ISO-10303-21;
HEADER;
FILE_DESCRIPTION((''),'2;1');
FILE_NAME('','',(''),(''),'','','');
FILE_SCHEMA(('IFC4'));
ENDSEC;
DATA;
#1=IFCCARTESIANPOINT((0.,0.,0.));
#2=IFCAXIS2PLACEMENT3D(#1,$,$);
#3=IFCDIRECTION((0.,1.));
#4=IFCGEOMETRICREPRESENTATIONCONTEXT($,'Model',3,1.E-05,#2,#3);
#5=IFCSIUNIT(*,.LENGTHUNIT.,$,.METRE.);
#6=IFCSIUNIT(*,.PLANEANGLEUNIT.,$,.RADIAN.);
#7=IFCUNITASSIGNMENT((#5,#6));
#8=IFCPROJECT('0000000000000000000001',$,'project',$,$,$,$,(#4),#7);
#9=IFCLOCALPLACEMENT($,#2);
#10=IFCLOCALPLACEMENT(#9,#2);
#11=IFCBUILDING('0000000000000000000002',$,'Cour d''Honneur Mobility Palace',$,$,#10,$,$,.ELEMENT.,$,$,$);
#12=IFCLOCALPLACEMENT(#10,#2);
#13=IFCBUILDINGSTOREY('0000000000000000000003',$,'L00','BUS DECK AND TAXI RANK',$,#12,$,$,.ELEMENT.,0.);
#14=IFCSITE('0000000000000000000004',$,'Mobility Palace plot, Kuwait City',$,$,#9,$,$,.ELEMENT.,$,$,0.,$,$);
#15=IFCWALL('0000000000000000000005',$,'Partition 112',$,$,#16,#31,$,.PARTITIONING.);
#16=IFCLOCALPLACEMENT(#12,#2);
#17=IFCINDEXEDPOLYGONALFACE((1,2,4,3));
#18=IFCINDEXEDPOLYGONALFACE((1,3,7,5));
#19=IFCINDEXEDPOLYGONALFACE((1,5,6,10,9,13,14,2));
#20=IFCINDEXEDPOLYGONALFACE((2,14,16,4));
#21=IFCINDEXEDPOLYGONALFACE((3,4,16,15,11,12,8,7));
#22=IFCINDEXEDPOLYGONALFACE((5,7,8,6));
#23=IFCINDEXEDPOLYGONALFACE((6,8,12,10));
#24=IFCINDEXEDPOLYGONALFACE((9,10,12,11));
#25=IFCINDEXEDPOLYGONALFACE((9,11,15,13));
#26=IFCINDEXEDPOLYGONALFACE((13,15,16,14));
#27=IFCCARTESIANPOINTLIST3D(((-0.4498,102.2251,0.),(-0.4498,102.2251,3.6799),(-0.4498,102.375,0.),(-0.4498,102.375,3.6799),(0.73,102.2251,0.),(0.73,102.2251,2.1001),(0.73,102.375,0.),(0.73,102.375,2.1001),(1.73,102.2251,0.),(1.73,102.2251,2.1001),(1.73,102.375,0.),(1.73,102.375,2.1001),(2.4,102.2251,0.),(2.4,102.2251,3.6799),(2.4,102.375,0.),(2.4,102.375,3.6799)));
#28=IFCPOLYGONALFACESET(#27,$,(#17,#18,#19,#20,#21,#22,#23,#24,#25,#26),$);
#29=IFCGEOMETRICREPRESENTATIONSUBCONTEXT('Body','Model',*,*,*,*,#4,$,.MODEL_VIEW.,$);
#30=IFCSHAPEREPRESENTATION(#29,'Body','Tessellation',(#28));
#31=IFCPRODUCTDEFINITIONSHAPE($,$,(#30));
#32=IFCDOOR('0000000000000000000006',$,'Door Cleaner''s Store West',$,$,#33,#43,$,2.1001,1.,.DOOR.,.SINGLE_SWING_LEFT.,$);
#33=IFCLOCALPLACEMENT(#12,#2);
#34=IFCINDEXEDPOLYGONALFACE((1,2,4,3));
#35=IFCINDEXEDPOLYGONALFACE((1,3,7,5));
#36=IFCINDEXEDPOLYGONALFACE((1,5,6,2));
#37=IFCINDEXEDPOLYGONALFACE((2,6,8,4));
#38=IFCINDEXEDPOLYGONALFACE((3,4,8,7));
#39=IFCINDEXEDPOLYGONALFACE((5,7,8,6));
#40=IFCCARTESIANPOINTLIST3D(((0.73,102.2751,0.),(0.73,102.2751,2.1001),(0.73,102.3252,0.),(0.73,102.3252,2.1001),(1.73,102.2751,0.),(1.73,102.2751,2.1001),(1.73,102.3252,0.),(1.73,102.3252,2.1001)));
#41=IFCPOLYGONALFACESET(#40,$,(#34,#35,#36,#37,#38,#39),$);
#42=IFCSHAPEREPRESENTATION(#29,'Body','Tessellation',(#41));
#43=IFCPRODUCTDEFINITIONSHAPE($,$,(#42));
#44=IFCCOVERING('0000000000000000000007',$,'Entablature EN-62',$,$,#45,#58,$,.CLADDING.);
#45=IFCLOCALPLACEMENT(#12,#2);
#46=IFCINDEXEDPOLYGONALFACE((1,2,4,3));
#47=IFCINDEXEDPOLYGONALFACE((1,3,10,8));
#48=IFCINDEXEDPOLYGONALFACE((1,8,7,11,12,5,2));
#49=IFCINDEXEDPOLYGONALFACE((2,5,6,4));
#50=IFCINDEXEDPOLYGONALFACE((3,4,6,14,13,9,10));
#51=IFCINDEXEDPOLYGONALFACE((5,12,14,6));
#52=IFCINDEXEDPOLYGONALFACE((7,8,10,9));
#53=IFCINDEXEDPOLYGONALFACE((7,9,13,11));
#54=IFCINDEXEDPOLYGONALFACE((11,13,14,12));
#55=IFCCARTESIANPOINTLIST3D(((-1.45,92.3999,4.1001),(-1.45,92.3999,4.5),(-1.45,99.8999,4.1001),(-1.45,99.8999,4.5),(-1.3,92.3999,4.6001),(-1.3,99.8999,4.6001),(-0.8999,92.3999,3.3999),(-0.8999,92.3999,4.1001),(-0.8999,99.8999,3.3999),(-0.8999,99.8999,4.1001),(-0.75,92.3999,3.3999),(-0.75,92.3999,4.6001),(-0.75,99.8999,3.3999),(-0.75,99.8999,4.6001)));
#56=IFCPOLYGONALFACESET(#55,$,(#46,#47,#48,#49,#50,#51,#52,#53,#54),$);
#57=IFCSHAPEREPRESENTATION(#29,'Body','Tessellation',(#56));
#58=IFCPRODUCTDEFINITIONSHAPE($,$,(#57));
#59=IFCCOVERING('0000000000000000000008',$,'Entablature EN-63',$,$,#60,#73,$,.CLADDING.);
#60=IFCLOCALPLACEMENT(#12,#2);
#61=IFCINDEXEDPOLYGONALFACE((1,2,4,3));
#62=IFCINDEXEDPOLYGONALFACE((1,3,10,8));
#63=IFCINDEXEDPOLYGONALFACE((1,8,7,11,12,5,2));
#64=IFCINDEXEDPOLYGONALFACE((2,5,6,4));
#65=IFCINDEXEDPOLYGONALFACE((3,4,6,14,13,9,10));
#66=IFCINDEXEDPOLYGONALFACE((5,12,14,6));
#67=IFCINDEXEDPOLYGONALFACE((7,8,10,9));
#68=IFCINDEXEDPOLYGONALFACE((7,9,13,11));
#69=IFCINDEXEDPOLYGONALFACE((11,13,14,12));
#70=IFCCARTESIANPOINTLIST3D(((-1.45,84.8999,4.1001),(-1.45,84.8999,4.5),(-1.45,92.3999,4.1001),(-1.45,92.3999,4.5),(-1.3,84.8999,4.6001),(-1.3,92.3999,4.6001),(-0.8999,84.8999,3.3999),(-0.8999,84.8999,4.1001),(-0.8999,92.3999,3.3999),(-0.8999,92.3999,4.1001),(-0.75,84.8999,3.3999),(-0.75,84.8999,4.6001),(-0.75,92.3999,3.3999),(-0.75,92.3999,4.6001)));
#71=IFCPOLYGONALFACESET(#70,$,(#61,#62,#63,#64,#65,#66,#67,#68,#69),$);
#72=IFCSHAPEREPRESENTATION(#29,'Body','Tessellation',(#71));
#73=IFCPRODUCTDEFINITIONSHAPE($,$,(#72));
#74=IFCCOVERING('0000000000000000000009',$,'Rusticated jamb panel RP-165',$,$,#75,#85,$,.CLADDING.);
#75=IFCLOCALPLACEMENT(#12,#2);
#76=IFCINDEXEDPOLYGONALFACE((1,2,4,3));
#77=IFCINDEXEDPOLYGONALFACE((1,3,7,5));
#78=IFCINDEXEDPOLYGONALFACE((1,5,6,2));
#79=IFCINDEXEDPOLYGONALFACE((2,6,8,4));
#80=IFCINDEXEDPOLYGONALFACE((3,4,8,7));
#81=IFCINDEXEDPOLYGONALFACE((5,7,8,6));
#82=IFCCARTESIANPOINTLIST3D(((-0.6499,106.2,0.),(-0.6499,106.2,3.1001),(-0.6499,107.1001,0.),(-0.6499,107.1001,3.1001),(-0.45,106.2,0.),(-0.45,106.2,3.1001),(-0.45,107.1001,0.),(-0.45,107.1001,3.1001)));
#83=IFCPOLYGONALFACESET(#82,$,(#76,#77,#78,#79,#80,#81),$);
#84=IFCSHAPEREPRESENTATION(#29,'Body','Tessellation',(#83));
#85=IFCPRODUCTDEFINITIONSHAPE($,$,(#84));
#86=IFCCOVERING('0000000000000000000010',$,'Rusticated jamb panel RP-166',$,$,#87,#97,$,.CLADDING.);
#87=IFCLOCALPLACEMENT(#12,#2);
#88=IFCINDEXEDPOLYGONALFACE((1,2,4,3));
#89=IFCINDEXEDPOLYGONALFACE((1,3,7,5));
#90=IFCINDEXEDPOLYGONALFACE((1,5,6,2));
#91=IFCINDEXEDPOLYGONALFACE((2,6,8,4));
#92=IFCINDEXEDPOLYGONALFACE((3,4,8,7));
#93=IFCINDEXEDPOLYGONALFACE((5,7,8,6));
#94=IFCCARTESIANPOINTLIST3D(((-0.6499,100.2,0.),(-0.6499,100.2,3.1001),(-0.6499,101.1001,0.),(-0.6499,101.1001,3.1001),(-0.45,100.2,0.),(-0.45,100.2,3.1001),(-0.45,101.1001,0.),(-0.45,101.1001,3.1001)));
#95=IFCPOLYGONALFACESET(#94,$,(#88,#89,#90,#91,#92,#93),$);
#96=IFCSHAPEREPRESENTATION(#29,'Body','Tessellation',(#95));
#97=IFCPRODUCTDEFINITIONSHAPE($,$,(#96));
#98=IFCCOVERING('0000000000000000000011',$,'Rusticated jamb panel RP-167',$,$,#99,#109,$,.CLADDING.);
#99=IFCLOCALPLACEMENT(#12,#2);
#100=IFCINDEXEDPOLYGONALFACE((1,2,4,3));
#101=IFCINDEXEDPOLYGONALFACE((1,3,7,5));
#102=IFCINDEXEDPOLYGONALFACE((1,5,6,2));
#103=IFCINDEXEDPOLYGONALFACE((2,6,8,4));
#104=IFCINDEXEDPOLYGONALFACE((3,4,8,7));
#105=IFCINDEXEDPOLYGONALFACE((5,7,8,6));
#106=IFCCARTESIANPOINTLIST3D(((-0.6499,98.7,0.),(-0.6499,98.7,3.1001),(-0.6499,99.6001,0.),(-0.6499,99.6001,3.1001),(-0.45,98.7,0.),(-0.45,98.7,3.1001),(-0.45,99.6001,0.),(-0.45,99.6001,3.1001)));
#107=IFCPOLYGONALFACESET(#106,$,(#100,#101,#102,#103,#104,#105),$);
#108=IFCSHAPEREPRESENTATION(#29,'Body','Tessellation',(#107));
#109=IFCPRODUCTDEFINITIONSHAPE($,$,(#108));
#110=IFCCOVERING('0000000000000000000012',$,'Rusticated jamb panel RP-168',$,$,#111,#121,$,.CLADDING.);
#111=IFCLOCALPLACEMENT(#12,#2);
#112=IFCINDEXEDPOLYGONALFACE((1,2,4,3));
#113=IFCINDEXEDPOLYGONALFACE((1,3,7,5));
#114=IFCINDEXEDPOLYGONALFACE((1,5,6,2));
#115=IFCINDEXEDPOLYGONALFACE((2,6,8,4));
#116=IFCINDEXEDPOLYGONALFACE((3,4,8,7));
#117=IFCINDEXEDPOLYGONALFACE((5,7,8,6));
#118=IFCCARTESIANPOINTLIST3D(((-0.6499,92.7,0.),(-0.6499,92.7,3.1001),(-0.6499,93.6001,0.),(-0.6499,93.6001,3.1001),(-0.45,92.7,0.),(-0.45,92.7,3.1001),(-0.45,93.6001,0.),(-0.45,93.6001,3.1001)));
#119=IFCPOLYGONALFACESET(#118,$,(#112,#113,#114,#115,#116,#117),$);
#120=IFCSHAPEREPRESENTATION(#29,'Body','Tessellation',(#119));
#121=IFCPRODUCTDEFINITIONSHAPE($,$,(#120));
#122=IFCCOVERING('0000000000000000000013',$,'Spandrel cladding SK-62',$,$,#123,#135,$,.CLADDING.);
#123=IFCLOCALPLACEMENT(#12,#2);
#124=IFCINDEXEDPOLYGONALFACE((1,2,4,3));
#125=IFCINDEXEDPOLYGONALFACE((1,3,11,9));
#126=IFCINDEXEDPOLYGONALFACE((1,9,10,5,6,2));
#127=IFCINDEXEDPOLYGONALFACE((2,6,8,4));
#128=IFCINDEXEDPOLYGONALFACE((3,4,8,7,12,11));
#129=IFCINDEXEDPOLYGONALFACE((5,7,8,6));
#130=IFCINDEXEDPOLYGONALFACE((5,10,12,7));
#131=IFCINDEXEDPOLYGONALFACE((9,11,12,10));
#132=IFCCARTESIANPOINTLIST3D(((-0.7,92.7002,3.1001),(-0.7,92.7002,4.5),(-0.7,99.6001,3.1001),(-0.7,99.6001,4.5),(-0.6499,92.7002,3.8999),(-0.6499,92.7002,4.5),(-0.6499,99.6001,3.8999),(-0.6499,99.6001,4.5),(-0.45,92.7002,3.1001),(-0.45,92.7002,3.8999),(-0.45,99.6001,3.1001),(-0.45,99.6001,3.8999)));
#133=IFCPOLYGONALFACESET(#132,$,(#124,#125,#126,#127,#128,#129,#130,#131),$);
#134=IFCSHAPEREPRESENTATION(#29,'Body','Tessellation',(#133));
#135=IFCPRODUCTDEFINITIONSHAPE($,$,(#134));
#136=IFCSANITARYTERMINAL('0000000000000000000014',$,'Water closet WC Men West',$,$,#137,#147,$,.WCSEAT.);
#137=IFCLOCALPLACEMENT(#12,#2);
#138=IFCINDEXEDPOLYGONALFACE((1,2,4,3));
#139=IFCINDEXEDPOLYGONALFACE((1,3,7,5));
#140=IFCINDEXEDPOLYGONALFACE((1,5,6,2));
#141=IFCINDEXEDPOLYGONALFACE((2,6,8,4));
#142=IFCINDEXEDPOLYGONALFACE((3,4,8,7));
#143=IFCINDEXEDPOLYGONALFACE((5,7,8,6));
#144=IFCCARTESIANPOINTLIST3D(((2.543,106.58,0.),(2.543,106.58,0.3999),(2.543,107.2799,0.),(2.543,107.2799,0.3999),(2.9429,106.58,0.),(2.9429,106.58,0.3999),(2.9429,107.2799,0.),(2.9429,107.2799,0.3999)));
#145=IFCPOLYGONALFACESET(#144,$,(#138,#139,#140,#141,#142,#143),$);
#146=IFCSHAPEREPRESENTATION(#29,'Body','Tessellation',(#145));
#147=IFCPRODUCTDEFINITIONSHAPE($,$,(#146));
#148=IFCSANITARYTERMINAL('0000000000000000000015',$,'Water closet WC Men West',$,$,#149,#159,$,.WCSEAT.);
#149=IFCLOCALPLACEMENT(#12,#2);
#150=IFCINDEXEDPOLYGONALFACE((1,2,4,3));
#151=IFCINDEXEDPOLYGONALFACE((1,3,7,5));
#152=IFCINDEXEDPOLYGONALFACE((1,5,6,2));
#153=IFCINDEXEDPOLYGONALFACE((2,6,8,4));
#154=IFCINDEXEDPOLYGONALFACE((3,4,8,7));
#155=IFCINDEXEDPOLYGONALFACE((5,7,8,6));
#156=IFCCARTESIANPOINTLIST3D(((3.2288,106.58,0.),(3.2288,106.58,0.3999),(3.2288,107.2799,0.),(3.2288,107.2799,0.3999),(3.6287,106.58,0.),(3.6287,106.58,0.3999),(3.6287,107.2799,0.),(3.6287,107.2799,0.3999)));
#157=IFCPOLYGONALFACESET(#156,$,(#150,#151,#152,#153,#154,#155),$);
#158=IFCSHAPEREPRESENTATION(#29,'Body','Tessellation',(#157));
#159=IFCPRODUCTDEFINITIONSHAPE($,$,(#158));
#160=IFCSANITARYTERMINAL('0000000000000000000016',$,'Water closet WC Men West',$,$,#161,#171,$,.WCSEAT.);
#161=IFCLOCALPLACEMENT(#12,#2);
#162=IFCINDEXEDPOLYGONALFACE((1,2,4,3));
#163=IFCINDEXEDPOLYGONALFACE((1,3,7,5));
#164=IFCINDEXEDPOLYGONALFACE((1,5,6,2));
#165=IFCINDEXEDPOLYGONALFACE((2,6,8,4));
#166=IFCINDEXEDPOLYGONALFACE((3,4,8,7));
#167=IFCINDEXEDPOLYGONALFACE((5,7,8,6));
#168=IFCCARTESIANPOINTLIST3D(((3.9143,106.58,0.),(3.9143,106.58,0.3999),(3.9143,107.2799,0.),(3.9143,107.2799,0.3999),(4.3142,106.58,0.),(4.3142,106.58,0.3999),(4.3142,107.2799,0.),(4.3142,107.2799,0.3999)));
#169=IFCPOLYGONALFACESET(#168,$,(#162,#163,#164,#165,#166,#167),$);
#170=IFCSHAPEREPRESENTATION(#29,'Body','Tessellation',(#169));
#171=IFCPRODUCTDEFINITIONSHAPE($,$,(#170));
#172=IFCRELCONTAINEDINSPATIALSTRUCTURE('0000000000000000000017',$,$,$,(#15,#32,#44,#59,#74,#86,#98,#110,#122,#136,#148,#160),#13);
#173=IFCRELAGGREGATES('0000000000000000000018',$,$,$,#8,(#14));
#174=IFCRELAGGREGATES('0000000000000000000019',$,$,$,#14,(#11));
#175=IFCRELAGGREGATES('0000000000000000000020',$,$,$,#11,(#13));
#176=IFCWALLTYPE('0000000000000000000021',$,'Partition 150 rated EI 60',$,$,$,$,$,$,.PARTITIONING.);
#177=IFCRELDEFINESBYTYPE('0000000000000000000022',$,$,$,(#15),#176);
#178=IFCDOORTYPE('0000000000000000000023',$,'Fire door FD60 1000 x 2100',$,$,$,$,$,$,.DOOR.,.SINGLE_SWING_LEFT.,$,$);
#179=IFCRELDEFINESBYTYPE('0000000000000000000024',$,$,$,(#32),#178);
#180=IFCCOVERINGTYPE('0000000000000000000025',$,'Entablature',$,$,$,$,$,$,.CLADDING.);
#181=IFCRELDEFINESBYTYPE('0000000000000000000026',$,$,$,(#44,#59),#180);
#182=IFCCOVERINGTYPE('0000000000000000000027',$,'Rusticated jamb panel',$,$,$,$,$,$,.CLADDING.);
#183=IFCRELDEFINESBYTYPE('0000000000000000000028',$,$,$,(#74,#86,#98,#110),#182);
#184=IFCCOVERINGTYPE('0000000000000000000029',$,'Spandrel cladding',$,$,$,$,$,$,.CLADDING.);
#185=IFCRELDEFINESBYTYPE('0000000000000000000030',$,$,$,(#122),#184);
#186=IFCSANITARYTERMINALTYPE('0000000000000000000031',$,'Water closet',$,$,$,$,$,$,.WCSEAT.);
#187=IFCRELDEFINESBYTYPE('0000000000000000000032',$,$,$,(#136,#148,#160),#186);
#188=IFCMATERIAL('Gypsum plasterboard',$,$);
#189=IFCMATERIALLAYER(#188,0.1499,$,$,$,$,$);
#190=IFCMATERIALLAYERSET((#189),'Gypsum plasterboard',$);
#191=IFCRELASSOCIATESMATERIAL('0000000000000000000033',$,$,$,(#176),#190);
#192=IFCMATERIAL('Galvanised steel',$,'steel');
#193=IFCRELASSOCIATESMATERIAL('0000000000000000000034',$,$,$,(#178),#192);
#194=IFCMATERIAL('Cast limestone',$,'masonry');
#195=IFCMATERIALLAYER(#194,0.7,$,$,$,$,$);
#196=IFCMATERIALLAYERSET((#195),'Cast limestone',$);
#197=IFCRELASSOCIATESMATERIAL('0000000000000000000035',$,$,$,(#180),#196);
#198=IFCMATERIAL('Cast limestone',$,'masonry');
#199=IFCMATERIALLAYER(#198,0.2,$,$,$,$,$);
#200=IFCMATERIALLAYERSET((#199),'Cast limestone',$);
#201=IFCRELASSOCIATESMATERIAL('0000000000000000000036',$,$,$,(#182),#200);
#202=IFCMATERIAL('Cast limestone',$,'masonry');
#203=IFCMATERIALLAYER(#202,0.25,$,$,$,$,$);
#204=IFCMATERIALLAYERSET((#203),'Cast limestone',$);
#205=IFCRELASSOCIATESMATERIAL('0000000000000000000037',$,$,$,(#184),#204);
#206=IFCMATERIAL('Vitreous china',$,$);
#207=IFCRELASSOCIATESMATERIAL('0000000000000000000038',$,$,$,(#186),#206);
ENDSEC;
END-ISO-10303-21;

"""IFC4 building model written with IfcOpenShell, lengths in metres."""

from ifc_helpers import new_model, si_unit, direction, frame, frame_2d, origin, origin_2d, place, context, subcontext, project, spatial, polyline, rectangle, outline, extrude, material, layer, layer_set, type_object, element, fill, save


model = new_model("IFC4")

# Units and contexts
model_context = context("Model", 3, precision=1e-05, world=origin(), true_north=direction((0.0, 1.0)))
body_context = subcontext(model_context, "Body", "Model", "MODEL_VIEW")
ifc_project = project(units=[si_unit("LENGTHUNIT", "METRE"), si_unit("PLANEANGLEUNIT", "RADIAN")], contexts=[model_context])

# Site, building, storey
site_placement = place(None, origin())
site = spatial("IfcSite", under=ifc_project, at=site_placement, Name="Mobility Palace plot, Kuwait City", CompositionType="ELEMENT", RefElevation=0.0)
building_placement = place(site_placement, origin())
building = spatial("IfcBuilding", under=site, at=building_placement, Name="Cour d'Honneur Mobility Palace", CompositionType="ELEMENT")
storey_placement = place(building_placement, origin())
storey = spatial("IfcBuildingStorey", under=building, at=storey_placement, Name="L00", Description="BUS DECK AND TAXI RANK", CompositionType="ELEMENT", Elevation=0.0)

# Wall, opening, door
ifc_material_1 = material(Name="Gypsum plasterboard")
ifc_layer_1 = layer(ifc_material_1, 0.1499)
ifc_layer_set_1 = layer_set([ifc_layer_1], Name="Gypsum plasterboard")
wall_type_1 = type_object("IfcWallType", Name="Partition 150 rated EI 60", PredefinedType="PARTITIONING", material=ifc_layer_set_1)
wall_1_placement = place(storey_placement, frame((2.3999, 102.3, 0.0), z_axis=(0.0, 0.0, 1.0), x_axis=(-1.0, 0.0, 0.0)))
wall_1 = element("IfcWall", 1, at=wall_1_placement, inside=storey, type_object=wall_type_1, Name="Partition 112", PredefinedType="PARTITIONING", context=body_context, shape_type="SweptSolid", body=[
    extrude(rectangle(XDim=2.8499, YDim=0.1499, at=frame_2d((1.4248, 0.0))), origin(), (0.0, 0.0, 1.0), 3.6799),
])
opening_1_placement = place(wall_1_placement, frame((0.6699, 0.0, 0.0)))
opening_1 = element("IfcOpeningElement", 2, at=opening_1_placement, cuts=wall_1, PredefinedType="OPENING", context=body_context, shape_type="SweptSolid", body=[
    extrude(rectangle(XDim=1.0, YDim=2.1001, at=frame_2d((0.5, 1.05))), frame((0.0, 0.085, 0.0), z_axis=(0.0, -1.0, 0.0), x_axis=(1.0, 0.0, 0.0)), (0.0, 0.0, 1.0), 0.1699),
])
ifc_material_2 = material(Name="Galvanised steel", Category="steel")
door_type_1 = type_object("IfcDoorType", Name="Fire door FD60 1000 x 2100", OperationType="SINGLE_SWING_LEFT", PredefinedType="DOOR", material=ifc_material_2)
door_1_placement = place(opening_1_placement, origin())
door_1 = element("IfcDoor", 3, at=door_1_placement, inside=storey, type_object=door_type_1, Name="Door Cleaner's Store West", OperationType="SINGLE_SWING_LEFT", OverallHeight=2.1001, OverallWidth=1.0, PredefinedType="DOOR", context=body_context, shape_type="SweptSolid", body=[
    extrude(rectangle(XDim=1.0, YDim=2.1001, at=frame_2d((0.5, 1.05))), frame((0.0, 0.0249, 0.0), z_axis=(0.0, -1.0, 0.0), x_axis=(1.0, 0.0, 0.0)), (0.0, 0.0, 1.0), 0.05),
])
fill(opening_1, door_1)

# Coverings
ifc_material_3 = material(Name="Cast limestone", Category="masonry")
ifc_layer_2 = layer(ifc_material_3, 0.7)
ifc_layer_set_2 = layer_set([ifc_layer_2], Name="Cast limestone")
covering_type_1 = type_object("IfcCoveringType", Name="Entablature", PredefinedType="CLADDING", material=ifc_layer_set_2)
for number, where, z_axis, x_axis, name in (
    (4, (-0.75, 99.8999, 3.3999), (0.0, 1.0, 0.0), (-1.0, 0.0, 0.0), "Entablature EN-62"),
    (5, (-0.75, 92.3999, 3.3999), (0.0, 1.0, 0.0), (-1.0, 0.0, 0.0), "Entablature EN-63"),
):
    element("IfcCovering", number, at=place(storey_placement, frame(where, z_axis=z_axis, x_axis=x_axis)), inside=storey, type_object=covering_type_1, Name=name, PredefinedType="CLADDING", context=body_context, shape_type="SweptSolid", body=[
        extrude(outline(polyline([(0.0, 0.0), (0.1499, 0.0), (0.1499, 0.7002), (0.7, 0.7002), (0.7, 1.1001), (0.55, 1.2002), (0.0, 1.2002), (0.0, 0.0)])), origin(), (0.0, 0.0, -1.0), 7.5),
    ])
ifc_material_4 = material(Name="Cast limestone", Category="masonry")
ifc_layer_3 = layer(ifc_material_4, 0.2)
ifc_layer_set_3 = layer_set([ifc_layer_3], Name="Cast limestone")
covering_type_2 = type_object("IfcCoveringType", Name="Rusticated jamb panel", PredefinedType="CLADDING", material=ifc_layer_set_3)
for number, where, z_axis, x_axis, name in (
    (6, (-0.6499, 107.1001, 0.0), (-1.0, 0.0, 0.0), (0.0, -1.0, 0.0), "Rusticated jamb panel RP-165"),
    (7, (-0.6499, 101.1001, 0.0), (-1.0, 0.0, 0.0), (0.0, -1.0, 0.0), "Rusticated jamb panel RP-166"),
    (8, (-0.6499, 99.6001, 0.0), (-1.0, 0.0, 0.0), (0.0, -1.0, 0.0), "Rusticated jamb panel RP-167"),
    (9, (-0.6499, 93.6001, 0.0), (-1.0, 0.0, 0.0), (0.0, -1.0, 0.0), "Rusticated jamb panel RP-168"),
):
    element("IfcCovering", number, at=place(storey_placement, frame(where, z_axis=z_axis, x_axis=x_axis)), inside=storey, type_object=covering_type_2, Name=name, PredefinedType="CLADDING", context=body_context, shape_type="SweptSolid", body=[
        extrude(outline(polyline([(0.0, 0.0), (0.9001, 0.0), (0.9001, 3.1001), (0.0, 3.1001), (0.0, 0.0)])), origin(), (0.0, 0.0, -1.0), 0.2),
    ])
ifc_material_5 = material(Name="Cast limestone", Category="masonry")
ifc_layer_4 = layer(ifc_material_5, 0.25)
ifc_layer_set_4 = layer_set([ifc_layer_4], Name="Cast limestone")
covering_type_3 = type_object("IfcCoveringType", Name="Spandrel cladding", PredefinedType="CLADDING", material=ifc_layer_set_4)
covering_1_placement = place(storey_placement, frame((-0.45, 99.6001, 3.1001), z_axis=(0.0, 1.0, 0.0), x_axis=(-1.0, 0.0, 0.0)))
element("IfcCovering", 10, at=covering_1_placement, inside=storey, type_object=covering_type_3, Name="Spandrel cladding SK-62", PredefinedType="CLADDING", context=body_context, shape_type="SweptSolid", body=[
    extrude(outline(polyline([(0.0, 0.0), (0.25, 0.0), (0.25, 1.3999), (0.2, 1.3999), (0.2, 0.7998), (0.0, 0.7998), (0.0, 0.0)])), origin(), (0.0, 0.0, -1.0), 6.8999),
])

# Sanitary terminals
ifc_material_6 = material(Name="Vitreous china")
sanitary_terminal_type = type_object("IfcSanitaryTerminalType", Name="Water closet", PredefinedType="WCSEAT", material=ifc_material_6)
for number, where, z_axis, x_axis, name in (
    (11, (2.7429, 106.9299, 0.0), (0.0, 0.0, 1.0), (1.0, 0.0, 0.0), "Water closet WC Men West"),
    (12, (3.4287, 106.9299, 0.0), (0.0, 0.0, 1.0), (1.0, 0.0, 0.0), "Water closet WC Men West"),
    (13, (4.1143, 106.9299, 0.0), (0.0, 0.0, 1.0), (1.0, 0.0, 0.0), "Water closet WC Men West"),
):
    element("IfcSanitaryTerminal", number, at=place(storey_placement, frame(where, z_axis=z_axis, x_axis=x_axis)), inside=storey, type_object=sanitary_terminal_type, Name=name, PredefinedType="WCSEAT", context=body_context, shape_type="SweptSolid", body=[
        extrude(rectangle(XDim=0.3999, YDim=0.7, at=origin_2d()), origin(), (0.0, 0.0, 1.0), 0.3999),
    ])

save(model, "model.ifc")
